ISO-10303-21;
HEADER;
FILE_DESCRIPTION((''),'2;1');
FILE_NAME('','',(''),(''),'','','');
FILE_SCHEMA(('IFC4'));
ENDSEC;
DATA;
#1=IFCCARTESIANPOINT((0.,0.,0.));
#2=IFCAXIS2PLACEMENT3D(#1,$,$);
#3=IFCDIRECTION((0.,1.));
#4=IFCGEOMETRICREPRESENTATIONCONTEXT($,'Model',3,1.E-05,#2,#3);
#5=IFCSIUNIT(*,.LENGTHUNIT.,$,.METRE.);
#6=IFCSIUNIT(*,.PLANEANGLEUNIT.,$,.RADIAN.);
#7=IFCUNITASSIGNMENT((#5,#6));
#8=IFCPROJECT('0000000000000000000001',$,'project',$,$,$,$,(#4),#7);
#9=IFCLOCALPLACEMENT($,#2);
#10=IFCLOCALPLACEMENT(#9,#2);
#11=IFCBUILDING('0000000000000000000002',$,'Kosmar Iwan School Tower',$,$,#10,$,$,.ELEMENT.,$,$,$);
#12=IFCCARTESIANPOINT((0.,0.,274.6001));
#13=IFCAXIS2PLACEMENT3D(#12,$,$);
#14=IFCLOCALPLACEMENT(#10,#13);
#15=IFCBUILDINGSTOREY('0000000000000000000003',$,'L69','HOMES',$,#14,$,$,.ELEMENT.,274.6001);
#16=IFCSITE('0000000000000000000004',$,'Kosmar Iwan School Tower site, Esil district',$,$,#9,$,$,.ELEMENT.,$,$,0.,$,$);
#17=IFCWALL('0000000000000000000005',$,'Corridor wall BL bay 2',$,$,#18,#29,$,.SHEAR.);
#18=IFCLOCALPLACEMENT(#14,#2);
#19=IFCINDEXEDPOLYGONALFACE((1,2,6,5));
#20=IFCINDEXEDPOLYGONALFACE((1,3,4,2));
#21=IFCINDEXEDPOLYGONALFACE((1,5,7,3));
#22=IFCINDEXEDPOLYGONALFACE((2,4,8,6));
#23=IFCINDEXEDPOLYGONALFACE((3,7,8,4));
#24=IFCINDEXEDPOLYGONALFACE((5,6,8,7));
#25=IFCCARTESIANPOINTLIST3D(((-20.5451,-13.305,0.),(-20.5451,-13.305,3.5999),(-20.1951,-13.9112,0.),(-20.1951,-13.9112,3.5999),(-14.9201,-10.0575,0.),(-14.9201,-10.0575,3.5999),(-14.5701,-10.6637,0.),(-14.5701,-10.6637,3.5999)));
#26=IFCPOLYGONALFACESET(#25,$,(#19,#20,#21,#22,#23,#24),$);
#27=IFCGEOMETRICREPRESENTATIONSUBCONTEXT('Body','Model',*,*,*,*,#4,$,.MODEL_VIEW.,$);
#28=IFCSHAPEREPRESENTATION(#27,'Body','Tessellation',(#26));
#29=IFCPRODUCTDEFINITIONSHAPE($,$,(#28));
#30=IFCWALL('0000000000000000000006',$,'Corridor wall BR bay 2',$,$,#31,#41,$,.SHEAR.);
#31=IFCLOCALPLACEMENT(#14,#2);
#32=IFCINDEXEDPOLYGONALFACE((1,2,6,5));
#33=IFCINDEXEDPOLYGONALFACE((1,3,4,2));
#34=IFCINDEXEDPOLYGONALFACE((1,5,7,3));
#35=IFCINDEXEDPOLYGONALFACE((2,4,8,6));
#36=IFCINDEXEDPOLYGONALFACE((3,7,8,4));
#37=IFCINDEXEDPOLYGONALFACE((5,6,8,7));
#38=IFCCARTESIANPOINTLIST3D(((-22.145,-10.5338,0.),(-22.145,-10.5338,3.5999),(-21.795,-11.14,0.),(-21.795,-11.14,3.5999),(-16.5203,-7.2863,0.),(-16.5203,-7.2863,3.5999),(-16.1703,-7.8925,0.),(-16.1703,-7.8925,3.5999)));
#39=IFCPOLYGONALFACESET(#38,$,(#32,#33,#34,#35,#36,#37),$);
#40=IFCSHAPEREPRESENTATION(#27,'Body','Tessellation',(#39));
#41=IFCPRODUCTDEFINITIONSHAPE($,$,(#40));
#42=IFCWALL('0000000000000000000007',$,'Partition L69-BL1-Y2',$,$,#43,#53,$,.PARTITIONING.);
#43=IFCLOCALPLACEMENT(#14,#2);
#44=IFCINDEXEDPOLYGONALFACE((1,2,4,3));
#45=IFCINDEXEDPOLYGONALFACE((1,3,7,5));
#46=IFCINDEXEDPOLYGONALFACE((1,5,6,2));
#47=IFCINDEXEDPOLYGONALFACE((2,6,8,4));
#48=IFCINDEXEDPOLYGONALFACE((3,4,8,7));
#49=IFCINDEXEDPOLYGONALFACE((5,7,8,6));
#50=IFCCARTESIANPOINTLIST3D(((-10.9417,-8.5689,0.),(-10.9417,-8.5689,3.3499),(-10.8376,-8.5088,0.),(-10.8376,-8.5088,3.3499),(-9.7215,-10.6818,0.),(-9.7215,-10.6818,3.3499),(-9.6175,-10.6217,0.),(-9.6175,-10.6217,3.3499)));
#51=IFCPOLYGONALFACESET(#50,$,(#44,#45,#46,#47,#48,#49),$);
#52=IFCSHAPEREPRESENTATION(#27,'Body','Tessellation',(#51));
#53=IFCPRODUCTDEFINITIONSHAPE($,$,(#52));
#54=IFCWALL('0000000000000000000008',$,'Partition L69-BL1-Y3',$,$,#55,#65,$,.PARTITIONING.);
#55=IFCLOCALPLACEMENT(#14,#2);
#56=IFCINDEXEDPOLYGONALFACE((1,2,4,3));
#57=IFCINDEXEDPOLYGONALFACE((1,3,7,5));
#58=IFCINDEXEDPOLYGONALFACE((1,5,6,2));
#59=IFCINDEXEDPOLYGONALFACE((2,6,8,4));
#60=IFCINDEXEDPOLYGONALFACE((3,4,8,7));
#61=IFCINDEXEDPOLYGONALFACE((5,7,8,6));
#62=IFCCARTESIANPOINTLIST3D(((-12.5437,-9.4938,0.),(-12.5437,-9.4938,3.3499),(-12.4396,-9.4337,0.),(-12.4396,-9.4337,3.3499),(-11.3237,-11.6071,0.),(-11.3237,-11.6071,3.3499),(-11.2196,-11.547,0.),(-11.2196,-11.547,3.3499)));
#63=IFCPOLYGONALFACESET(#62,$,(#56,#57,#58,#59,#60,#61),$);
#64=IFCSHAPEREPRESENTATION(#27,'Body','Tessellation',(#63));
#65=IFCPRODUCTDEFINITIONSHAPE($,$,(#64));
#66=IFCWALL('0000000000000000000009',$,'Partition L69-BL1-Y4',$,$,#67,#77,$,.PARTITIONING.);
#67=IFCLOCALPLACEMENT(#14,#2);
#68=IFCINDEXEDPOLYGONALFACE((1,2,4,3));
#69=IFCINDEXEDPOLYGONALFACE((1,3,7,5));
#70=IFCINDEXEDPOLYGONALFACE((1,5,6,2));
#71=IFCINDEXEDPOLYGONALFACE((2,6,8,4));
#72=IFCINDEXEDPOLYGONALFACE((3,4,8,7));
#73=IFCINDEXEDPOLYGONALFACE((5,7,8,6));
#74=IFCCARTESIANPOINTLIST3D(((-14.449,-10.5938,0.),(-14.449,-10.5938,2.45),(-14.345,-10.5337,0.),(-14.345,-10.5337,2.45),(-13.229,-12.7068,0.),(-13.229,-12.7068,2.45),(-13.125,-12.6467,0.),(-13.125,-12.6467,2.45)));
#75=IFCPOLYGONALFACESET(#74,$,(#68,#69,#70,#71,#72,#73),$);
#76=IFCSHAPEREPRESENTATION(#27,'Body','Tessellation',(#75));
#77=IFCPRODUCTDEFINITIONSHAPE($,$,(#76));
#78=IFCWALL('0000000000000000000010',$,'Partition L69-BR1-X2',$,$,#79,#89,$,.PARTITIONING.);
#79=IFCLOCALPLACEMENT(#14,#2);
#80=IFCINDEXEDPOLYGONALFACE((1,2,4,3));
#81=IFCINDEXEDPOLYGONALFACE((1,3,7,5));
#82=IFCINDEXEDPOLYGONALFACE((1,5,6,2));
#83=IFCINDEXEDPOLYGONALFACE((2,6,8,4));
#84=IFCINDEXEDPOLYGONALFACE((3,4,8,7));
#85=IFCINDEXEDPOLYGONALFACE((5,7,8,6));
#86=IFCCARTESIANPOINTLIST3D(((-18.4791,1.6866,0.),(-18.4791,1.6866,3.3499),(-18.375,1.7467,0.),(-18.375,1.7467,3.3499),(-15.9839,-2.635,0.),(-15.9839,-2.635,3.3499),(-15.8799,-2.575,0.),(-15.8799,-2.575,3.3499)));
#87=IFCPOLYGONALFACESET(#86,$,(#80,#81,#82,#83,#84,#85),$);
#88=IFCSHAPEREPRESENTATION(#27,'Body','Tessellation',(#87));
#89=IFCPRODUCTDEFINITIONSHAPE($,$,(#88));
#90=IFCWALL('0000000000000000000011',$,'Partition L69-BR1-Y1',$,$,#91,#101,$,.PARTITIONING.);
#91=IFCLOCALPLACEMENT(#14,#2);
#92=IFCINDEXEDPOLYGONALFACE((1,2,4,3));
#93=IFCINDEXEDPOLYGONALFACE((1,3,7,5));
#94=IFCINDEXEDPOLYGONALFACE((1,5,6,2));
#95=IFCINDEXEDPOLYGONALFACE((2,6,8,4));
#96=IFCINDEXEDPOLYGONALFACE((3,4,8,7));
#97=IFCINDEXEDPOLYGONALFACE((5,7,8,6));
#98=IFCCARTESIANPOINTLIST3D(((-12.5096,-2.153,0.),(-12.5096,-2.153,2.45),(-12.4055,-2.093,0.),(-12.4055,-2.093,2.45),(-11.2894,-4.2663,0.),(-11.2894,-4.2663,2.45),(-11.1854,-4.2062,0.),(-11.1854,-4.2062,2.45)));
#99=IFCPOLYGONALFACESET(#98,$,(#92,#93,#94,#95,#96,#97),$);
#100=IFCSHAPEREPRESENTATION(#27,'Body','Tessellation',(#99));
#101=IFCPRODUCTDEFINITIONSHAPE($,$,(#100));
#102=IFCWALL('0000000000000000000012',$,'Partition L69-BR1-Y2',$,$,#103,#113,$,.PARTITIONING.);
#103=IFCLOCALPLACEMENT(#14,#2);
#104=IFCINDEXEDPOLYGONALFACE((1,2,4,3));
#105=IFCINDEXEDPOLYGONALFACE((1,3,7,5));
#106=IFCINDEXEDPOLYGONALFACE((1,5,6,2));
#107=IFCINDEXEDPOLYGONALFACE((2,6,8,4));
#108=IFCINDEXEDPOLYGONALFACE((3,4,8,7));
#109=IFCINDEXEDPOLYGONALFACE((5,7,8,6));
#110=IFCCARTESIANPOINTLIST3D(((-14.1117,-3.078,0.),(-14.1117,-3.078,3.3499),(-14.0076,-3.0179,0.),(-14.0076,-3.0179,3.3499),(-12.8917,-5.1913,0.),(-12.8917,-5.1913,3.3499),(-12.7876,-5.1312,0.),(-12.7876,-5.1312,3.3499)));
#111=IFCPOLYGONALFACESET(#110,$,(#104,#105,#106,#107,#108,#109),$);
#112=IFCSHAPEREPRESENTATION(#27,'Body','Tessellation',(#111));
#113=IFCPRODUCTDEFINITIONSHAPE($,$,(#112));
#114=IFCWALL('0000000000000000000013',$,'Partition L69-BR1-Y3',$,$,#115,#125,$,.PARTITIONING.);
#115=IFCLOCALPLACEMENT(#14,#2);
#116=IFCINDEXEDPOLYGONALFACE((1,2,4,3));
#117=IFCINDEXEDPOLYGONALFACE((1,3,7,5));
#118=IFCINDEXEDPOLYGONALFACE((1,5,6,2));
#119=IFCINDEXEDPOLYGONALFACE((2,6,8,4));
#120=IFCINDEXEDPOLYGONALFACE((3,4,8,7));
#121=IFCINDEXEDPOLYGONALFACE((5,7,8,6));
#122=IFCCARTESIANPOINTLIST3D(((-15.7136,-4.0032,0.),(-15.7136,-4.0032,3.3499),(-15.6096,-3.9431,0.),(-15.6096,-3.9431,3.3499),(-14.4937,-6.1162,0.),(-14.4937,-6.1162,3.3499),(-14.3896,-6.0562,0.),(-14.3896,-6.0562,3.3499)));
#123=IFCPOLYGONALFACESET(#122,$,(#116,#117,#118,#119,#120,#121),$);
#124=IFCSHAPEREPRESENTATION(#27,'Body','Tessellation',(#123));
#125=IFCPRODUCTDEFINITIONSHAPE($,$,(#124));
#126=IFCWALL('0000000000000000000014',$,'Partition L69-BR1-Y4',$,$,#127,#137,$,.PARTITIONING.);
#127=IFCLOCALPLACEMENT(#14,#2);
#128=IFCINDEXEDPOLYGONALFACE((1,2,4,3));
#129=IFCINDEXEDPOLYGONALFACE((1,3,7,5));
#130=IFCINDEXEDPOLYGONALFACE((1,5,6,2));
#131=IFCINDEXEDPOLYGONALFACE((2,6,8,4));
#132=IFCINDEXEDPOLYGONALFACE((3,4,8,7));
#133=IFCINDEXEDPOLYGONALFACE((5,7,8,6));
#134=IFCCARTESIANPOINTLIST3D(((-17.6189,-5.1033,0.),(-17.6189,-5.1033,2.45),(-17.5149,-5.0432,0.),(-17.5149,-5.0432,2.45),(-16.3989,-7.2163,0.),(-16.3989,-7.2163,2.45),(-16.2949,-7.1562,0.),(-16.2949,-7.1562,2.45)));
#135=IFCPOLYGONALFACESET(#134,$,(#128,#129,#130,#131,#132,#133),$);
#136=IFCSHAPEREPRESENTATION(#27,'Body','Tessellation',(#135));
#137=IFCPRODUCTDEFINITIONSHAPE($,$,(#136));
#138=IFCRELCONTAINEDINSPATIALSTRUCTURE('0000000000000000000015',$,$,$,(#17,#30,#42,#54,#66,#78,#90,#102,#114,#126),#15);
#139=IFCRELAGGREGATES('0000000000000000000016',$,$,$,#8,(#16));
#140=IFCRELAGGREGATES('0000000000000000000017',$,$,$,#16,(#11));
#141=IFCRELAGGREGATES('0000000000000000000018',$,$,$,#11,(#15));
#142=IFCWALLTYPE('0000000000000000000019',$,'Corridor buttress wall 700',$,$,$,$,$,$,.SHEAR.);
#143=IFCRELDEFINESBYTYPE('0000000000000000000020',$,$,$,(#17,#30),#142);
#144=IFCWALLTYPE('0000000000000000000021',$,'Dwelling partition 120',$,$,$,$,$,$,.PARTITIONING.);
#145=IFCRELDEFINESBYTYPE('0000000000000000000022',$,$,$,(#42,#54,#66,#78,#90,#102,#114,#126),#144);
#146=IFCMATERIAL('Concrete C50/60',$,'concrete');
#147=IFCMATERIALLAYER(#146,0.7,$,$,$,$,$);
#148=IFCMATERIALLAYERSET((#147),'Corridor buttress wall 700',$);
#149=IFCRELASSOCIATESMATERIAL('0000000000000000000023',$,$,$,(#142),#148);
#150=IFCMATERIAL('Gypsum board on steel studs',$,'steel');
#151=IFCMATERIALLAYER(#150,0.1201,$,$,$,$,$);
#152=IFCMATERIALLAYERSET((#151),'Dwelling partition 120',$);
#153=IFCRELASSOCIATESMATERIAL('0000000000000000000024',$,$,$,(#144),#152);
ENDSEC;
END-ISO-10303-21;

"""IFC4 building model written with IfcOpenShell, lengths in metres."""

from ifc_helpers import new_model, si_unit, direction, frame, frame_2d, origin, place, context, subcontext, project, spatial, rectangle, extrude, material, layer, layer_set, type_object, element, save


model = new_model("IFC4")

# Units and contexts
model_context = context("Model", 3, precision=1e-05, world=origin(), true_north=direction((0.0, 1.0)))
body_context = subcontext(model_context, "Body", "Model", "MODEL_VIEW")
ifc_project = project(units=[si_unit("LENGTHUNIT", "METRE"), si_unit("PLANEANGLEUNIT", "RADIAN")], contexts=[model_context])

# Site, building, storey
site_placement = place(None, origin())
site = spatial("IfcSite", under=ifc_project, at=site_placement, Name="Kosmar Iwan School Tower site, Esil district", CompositionType="ELEMENT", RefElevation=0.0)
building_placement = place(site_placement, origin())
building = spatial("IfcBuilding", under=site, at=building_placement, Name="Kosmar Iwan School Tower", CompositionType="ELEMENT")
storey_placement = place(building_placement, frame((0.0, 0.0, 274.6001)))
storey = spatial("IfcBuildingStorey", under=building, at=storey_placement, Name="L69", Description="HOMES", CompositionType="ELEMENT", Elevation=274.6001)

# Walls
ifc_material_1 = material(Name="Concrete C50/60", Category="concrete")
ifc_layer_1 = layer(ifc_material_1, 0.7)
ifc_layer_set_1 = layer_set([ifc_layer_1], Name="Corridor buttress wall 700")
wall_type_1 = type_object("IfcWallType", Name="Corridor buttress wall 700", PredefinedType="SHEAR", material=ifc_layer_set_1)
wall_1_placement = place(storey_placement, frame((-14.7451, -10.3606, 0.0), z_axis=(0.0, 0.0, 1.0), x_axis=(-0.866028, -0.499996, 0.0)))
element("IfcWall", 1, at=wall_1_placement, inside=storey, type_object=wall_type_1, Name="Corridor wall BL bay 2", PredefinedType="SHEAR", context=body_context, shape_type="SweptSolid", body=[
    extrude(rectangle(XDim=6.4951, YDim=0.7, at=frame_2d((3.2476, 0.0))), origin(), (0.0, 0.0, 1.0), 3.5999),
])
wall_2_placement = place(storey_placement, frame((-16.3452, -7.5894, 0.0), z_axis=(0.0, 0.0, 1.0), x_axis=(-0.866018, -0.500012, 0.0)))
element("IfcWall", 2, at=wall_2_placement, inside=storey, type_object=wall_type_1, Name="Corridor wall BR bay 2", PredefinedType="SHEAR", context=body_context, shape_type="SweptSolid", body=[
    extrude(rectangle(XDim=6.4949, YDim=0.7, at=frame_2d((3.2476, 0.0))), origin(), (0.0, 0.0, 1.0), 3.5999),
])
ifc_material_2 = material(Name="Gypsum board on steel studs", Category="steel")
ifc_layer_2 = layer(ifc_material_2, 0.1201)
ifc_layer_set_2 = layer_set([ifc_layer_2], Name="Dwelling partition 120")
wall_type_2 = type_object("IfcWallType", Name="Dwelling partition 120", PredefinedType="PARTITIONING", material=ifc_layer_set_2)
wall_3_placement = place(storey_placement, frame((-10.8896, -8.5388, 0.0), z_axis=(0.0, 0.0, 1.0), x_axis=(0.500078, -0.865981, 0.0)))
element("IfcWall", 3, at=wall_3_placement, inside=storey, type_object=wall_type_2, Name="Partition L69-BL1-Y2", PredefinedType="PARTITIONING", context=body_context, shape_type="SweptSolid", body=[
    extrude(rectangle(XDim=2.4399, YDim=0.1201, at=frame_2d((1.22, 0.0))), origin(), (0.0, 0.0, 1.0), 3.3499),
])
wall_4_placement = place(storey_placement, frame((-12.4917, -9.4636, 0.0), z_axis=(0.0, 0.0, 1.0), x_axis=(0.499959, -0.866049, 0.0)))
element("IfcWall", 4, at=wall_4_placement, inside=storey, type_object=wall_type_2, Name="Partition L69-BL1-Y3", PredefinedType="PARTITIONING", context=body_context, shape_type="SweptSolid", body=[
    extrude(rectangle(XDim=2.4402, YDim=0.1201, at=frame_2d((1.2202, 0.0))), origin(), (0.0, 0.0, 1.0), 3.3499),
])
wall_5_placement = place(storey_placement, frame((-14.397, -10.5637, 0.0), z_axis=(0.0, 0.0, 1.0), x_axis=(0.500003, -0.866024, 0.0)))
element("IfcWall", 5, at=wall_5_placement, inside=storey, type_object=wall_type_2, Name="Partition L69-BL1-Y4", PredefinedType="PARTITIONING", context=body_context, shape_type="SweptSolid", body=[
    extrude(rectangle(XDim=2.4399, YDim=0.1201, at=frame_2d((1.22, 0.0))), origin(), (0.0, 0.0, 1.0), 2.45),
])
wall_6_placement = place(storey_placement, frame((-15.9319, -2.605, 0.0), z_axis=(0.0, 0.0, 1.0), x_axis=(-0.500012, 0.866019, 0.0)))
element("IfcWall", 6, at=wall_6_placement, inside=storey, type_object=wall_type_2, Name="Partition L69-BR1-X2", PredefinedType="PARTITIONING", context=body_context, shape_type="SweptSolid", body=[
    extrude(rectangle(XDim=4.9902, YDim=0.1201, at=frame_2d((2.4951, 0.0))), origin(), (0.0, 0.0, 1.0), 3.3499),
])
wall_7_placement = place(storey_placement, frame((-11.2373, -4.2363, 0.0), z_axis=(0.0, 0.0, 1.0), x_axis=(-0.500034, 0.866006, 0.0)))
element("IfcWall", 7, at=wall_7_placement, inside=storey, type_object=wall_type_2, Name="Partition L69-BR1-Y1", PredefinedType="PARTITIONING", context=body_context, shape_type="SweptSolid", body=[
    extrude(rectangle(XDim=2.4402, YDim=0.1201, at=frame_2d((1.2202, 0.0))), origin(), (0.0, 0.0, 1.0), 2.45),
])
wall_8_placement = place(storey_placement, frame((-12.8396, -5.1614, 0.0), z_axis=(0.0, 0.0, 1.0), x_axis=(-0.499959, 0.866049, 0.0)))
element("IfcWall", 8, at=wall_8_placement, inside=storey, type_object=wall_type_2, Name="Partition L69-BR1-Y2", PredefinedType="PARTITIONING", context=body_context, shape_type="SweptSolid", body=[
    extrude(rectangle(XDim=2.4402, YDim=0.1201, at=frame_2d((1.2202, 0.0))), origin(), (0.0, 0.0, 1.0), 3.3499),
])
wall_9_placement = place(storey_placement, frame((-14.4417, -6.0862, 0.0), z_axis=(0.0, 0.0, 1.0), x_axis=(-0.500003, 0.866024, 0.0)))
element("IfcWall", 9, at=wall_9_placement, inside=storey, type_object=wall_type_2, Name="Partition L69-BR1-Y3", PredefinedType="PARTITIONING", context=body_context, shape_type="SweptSolid", body=[
    extrude(rectangle(XDim=2.4399, YDim=0.1201, at=frame_2d((1.22, 0.0))), origin(), (0.0, 0.0, 1.0), 3.3499),
])
wall_10_placement = place(storey_placement, frame((-16.3469, -7.1863, 0.0), z_axis=(0.0, 0.0, 1.0), x_axis=(-0.500003, 0.866024, 0.0)))
element("IfcWall", 10, at=wall_10_placement, inside=storey, type_object=wall_type_2, Name="Partition L69-BR1-Y4", PredefinedType="PARTITIONING", context=body_context, shape_type="SweptSolid", body=[
    extrude(rectangle(XDim=2.4399, YDim=0.1201, at=frame_2d((1.22, 0.0))), origin(), (0.0, 0.0, 1.0), 2.45),
])

save(model, "model.ifc")
